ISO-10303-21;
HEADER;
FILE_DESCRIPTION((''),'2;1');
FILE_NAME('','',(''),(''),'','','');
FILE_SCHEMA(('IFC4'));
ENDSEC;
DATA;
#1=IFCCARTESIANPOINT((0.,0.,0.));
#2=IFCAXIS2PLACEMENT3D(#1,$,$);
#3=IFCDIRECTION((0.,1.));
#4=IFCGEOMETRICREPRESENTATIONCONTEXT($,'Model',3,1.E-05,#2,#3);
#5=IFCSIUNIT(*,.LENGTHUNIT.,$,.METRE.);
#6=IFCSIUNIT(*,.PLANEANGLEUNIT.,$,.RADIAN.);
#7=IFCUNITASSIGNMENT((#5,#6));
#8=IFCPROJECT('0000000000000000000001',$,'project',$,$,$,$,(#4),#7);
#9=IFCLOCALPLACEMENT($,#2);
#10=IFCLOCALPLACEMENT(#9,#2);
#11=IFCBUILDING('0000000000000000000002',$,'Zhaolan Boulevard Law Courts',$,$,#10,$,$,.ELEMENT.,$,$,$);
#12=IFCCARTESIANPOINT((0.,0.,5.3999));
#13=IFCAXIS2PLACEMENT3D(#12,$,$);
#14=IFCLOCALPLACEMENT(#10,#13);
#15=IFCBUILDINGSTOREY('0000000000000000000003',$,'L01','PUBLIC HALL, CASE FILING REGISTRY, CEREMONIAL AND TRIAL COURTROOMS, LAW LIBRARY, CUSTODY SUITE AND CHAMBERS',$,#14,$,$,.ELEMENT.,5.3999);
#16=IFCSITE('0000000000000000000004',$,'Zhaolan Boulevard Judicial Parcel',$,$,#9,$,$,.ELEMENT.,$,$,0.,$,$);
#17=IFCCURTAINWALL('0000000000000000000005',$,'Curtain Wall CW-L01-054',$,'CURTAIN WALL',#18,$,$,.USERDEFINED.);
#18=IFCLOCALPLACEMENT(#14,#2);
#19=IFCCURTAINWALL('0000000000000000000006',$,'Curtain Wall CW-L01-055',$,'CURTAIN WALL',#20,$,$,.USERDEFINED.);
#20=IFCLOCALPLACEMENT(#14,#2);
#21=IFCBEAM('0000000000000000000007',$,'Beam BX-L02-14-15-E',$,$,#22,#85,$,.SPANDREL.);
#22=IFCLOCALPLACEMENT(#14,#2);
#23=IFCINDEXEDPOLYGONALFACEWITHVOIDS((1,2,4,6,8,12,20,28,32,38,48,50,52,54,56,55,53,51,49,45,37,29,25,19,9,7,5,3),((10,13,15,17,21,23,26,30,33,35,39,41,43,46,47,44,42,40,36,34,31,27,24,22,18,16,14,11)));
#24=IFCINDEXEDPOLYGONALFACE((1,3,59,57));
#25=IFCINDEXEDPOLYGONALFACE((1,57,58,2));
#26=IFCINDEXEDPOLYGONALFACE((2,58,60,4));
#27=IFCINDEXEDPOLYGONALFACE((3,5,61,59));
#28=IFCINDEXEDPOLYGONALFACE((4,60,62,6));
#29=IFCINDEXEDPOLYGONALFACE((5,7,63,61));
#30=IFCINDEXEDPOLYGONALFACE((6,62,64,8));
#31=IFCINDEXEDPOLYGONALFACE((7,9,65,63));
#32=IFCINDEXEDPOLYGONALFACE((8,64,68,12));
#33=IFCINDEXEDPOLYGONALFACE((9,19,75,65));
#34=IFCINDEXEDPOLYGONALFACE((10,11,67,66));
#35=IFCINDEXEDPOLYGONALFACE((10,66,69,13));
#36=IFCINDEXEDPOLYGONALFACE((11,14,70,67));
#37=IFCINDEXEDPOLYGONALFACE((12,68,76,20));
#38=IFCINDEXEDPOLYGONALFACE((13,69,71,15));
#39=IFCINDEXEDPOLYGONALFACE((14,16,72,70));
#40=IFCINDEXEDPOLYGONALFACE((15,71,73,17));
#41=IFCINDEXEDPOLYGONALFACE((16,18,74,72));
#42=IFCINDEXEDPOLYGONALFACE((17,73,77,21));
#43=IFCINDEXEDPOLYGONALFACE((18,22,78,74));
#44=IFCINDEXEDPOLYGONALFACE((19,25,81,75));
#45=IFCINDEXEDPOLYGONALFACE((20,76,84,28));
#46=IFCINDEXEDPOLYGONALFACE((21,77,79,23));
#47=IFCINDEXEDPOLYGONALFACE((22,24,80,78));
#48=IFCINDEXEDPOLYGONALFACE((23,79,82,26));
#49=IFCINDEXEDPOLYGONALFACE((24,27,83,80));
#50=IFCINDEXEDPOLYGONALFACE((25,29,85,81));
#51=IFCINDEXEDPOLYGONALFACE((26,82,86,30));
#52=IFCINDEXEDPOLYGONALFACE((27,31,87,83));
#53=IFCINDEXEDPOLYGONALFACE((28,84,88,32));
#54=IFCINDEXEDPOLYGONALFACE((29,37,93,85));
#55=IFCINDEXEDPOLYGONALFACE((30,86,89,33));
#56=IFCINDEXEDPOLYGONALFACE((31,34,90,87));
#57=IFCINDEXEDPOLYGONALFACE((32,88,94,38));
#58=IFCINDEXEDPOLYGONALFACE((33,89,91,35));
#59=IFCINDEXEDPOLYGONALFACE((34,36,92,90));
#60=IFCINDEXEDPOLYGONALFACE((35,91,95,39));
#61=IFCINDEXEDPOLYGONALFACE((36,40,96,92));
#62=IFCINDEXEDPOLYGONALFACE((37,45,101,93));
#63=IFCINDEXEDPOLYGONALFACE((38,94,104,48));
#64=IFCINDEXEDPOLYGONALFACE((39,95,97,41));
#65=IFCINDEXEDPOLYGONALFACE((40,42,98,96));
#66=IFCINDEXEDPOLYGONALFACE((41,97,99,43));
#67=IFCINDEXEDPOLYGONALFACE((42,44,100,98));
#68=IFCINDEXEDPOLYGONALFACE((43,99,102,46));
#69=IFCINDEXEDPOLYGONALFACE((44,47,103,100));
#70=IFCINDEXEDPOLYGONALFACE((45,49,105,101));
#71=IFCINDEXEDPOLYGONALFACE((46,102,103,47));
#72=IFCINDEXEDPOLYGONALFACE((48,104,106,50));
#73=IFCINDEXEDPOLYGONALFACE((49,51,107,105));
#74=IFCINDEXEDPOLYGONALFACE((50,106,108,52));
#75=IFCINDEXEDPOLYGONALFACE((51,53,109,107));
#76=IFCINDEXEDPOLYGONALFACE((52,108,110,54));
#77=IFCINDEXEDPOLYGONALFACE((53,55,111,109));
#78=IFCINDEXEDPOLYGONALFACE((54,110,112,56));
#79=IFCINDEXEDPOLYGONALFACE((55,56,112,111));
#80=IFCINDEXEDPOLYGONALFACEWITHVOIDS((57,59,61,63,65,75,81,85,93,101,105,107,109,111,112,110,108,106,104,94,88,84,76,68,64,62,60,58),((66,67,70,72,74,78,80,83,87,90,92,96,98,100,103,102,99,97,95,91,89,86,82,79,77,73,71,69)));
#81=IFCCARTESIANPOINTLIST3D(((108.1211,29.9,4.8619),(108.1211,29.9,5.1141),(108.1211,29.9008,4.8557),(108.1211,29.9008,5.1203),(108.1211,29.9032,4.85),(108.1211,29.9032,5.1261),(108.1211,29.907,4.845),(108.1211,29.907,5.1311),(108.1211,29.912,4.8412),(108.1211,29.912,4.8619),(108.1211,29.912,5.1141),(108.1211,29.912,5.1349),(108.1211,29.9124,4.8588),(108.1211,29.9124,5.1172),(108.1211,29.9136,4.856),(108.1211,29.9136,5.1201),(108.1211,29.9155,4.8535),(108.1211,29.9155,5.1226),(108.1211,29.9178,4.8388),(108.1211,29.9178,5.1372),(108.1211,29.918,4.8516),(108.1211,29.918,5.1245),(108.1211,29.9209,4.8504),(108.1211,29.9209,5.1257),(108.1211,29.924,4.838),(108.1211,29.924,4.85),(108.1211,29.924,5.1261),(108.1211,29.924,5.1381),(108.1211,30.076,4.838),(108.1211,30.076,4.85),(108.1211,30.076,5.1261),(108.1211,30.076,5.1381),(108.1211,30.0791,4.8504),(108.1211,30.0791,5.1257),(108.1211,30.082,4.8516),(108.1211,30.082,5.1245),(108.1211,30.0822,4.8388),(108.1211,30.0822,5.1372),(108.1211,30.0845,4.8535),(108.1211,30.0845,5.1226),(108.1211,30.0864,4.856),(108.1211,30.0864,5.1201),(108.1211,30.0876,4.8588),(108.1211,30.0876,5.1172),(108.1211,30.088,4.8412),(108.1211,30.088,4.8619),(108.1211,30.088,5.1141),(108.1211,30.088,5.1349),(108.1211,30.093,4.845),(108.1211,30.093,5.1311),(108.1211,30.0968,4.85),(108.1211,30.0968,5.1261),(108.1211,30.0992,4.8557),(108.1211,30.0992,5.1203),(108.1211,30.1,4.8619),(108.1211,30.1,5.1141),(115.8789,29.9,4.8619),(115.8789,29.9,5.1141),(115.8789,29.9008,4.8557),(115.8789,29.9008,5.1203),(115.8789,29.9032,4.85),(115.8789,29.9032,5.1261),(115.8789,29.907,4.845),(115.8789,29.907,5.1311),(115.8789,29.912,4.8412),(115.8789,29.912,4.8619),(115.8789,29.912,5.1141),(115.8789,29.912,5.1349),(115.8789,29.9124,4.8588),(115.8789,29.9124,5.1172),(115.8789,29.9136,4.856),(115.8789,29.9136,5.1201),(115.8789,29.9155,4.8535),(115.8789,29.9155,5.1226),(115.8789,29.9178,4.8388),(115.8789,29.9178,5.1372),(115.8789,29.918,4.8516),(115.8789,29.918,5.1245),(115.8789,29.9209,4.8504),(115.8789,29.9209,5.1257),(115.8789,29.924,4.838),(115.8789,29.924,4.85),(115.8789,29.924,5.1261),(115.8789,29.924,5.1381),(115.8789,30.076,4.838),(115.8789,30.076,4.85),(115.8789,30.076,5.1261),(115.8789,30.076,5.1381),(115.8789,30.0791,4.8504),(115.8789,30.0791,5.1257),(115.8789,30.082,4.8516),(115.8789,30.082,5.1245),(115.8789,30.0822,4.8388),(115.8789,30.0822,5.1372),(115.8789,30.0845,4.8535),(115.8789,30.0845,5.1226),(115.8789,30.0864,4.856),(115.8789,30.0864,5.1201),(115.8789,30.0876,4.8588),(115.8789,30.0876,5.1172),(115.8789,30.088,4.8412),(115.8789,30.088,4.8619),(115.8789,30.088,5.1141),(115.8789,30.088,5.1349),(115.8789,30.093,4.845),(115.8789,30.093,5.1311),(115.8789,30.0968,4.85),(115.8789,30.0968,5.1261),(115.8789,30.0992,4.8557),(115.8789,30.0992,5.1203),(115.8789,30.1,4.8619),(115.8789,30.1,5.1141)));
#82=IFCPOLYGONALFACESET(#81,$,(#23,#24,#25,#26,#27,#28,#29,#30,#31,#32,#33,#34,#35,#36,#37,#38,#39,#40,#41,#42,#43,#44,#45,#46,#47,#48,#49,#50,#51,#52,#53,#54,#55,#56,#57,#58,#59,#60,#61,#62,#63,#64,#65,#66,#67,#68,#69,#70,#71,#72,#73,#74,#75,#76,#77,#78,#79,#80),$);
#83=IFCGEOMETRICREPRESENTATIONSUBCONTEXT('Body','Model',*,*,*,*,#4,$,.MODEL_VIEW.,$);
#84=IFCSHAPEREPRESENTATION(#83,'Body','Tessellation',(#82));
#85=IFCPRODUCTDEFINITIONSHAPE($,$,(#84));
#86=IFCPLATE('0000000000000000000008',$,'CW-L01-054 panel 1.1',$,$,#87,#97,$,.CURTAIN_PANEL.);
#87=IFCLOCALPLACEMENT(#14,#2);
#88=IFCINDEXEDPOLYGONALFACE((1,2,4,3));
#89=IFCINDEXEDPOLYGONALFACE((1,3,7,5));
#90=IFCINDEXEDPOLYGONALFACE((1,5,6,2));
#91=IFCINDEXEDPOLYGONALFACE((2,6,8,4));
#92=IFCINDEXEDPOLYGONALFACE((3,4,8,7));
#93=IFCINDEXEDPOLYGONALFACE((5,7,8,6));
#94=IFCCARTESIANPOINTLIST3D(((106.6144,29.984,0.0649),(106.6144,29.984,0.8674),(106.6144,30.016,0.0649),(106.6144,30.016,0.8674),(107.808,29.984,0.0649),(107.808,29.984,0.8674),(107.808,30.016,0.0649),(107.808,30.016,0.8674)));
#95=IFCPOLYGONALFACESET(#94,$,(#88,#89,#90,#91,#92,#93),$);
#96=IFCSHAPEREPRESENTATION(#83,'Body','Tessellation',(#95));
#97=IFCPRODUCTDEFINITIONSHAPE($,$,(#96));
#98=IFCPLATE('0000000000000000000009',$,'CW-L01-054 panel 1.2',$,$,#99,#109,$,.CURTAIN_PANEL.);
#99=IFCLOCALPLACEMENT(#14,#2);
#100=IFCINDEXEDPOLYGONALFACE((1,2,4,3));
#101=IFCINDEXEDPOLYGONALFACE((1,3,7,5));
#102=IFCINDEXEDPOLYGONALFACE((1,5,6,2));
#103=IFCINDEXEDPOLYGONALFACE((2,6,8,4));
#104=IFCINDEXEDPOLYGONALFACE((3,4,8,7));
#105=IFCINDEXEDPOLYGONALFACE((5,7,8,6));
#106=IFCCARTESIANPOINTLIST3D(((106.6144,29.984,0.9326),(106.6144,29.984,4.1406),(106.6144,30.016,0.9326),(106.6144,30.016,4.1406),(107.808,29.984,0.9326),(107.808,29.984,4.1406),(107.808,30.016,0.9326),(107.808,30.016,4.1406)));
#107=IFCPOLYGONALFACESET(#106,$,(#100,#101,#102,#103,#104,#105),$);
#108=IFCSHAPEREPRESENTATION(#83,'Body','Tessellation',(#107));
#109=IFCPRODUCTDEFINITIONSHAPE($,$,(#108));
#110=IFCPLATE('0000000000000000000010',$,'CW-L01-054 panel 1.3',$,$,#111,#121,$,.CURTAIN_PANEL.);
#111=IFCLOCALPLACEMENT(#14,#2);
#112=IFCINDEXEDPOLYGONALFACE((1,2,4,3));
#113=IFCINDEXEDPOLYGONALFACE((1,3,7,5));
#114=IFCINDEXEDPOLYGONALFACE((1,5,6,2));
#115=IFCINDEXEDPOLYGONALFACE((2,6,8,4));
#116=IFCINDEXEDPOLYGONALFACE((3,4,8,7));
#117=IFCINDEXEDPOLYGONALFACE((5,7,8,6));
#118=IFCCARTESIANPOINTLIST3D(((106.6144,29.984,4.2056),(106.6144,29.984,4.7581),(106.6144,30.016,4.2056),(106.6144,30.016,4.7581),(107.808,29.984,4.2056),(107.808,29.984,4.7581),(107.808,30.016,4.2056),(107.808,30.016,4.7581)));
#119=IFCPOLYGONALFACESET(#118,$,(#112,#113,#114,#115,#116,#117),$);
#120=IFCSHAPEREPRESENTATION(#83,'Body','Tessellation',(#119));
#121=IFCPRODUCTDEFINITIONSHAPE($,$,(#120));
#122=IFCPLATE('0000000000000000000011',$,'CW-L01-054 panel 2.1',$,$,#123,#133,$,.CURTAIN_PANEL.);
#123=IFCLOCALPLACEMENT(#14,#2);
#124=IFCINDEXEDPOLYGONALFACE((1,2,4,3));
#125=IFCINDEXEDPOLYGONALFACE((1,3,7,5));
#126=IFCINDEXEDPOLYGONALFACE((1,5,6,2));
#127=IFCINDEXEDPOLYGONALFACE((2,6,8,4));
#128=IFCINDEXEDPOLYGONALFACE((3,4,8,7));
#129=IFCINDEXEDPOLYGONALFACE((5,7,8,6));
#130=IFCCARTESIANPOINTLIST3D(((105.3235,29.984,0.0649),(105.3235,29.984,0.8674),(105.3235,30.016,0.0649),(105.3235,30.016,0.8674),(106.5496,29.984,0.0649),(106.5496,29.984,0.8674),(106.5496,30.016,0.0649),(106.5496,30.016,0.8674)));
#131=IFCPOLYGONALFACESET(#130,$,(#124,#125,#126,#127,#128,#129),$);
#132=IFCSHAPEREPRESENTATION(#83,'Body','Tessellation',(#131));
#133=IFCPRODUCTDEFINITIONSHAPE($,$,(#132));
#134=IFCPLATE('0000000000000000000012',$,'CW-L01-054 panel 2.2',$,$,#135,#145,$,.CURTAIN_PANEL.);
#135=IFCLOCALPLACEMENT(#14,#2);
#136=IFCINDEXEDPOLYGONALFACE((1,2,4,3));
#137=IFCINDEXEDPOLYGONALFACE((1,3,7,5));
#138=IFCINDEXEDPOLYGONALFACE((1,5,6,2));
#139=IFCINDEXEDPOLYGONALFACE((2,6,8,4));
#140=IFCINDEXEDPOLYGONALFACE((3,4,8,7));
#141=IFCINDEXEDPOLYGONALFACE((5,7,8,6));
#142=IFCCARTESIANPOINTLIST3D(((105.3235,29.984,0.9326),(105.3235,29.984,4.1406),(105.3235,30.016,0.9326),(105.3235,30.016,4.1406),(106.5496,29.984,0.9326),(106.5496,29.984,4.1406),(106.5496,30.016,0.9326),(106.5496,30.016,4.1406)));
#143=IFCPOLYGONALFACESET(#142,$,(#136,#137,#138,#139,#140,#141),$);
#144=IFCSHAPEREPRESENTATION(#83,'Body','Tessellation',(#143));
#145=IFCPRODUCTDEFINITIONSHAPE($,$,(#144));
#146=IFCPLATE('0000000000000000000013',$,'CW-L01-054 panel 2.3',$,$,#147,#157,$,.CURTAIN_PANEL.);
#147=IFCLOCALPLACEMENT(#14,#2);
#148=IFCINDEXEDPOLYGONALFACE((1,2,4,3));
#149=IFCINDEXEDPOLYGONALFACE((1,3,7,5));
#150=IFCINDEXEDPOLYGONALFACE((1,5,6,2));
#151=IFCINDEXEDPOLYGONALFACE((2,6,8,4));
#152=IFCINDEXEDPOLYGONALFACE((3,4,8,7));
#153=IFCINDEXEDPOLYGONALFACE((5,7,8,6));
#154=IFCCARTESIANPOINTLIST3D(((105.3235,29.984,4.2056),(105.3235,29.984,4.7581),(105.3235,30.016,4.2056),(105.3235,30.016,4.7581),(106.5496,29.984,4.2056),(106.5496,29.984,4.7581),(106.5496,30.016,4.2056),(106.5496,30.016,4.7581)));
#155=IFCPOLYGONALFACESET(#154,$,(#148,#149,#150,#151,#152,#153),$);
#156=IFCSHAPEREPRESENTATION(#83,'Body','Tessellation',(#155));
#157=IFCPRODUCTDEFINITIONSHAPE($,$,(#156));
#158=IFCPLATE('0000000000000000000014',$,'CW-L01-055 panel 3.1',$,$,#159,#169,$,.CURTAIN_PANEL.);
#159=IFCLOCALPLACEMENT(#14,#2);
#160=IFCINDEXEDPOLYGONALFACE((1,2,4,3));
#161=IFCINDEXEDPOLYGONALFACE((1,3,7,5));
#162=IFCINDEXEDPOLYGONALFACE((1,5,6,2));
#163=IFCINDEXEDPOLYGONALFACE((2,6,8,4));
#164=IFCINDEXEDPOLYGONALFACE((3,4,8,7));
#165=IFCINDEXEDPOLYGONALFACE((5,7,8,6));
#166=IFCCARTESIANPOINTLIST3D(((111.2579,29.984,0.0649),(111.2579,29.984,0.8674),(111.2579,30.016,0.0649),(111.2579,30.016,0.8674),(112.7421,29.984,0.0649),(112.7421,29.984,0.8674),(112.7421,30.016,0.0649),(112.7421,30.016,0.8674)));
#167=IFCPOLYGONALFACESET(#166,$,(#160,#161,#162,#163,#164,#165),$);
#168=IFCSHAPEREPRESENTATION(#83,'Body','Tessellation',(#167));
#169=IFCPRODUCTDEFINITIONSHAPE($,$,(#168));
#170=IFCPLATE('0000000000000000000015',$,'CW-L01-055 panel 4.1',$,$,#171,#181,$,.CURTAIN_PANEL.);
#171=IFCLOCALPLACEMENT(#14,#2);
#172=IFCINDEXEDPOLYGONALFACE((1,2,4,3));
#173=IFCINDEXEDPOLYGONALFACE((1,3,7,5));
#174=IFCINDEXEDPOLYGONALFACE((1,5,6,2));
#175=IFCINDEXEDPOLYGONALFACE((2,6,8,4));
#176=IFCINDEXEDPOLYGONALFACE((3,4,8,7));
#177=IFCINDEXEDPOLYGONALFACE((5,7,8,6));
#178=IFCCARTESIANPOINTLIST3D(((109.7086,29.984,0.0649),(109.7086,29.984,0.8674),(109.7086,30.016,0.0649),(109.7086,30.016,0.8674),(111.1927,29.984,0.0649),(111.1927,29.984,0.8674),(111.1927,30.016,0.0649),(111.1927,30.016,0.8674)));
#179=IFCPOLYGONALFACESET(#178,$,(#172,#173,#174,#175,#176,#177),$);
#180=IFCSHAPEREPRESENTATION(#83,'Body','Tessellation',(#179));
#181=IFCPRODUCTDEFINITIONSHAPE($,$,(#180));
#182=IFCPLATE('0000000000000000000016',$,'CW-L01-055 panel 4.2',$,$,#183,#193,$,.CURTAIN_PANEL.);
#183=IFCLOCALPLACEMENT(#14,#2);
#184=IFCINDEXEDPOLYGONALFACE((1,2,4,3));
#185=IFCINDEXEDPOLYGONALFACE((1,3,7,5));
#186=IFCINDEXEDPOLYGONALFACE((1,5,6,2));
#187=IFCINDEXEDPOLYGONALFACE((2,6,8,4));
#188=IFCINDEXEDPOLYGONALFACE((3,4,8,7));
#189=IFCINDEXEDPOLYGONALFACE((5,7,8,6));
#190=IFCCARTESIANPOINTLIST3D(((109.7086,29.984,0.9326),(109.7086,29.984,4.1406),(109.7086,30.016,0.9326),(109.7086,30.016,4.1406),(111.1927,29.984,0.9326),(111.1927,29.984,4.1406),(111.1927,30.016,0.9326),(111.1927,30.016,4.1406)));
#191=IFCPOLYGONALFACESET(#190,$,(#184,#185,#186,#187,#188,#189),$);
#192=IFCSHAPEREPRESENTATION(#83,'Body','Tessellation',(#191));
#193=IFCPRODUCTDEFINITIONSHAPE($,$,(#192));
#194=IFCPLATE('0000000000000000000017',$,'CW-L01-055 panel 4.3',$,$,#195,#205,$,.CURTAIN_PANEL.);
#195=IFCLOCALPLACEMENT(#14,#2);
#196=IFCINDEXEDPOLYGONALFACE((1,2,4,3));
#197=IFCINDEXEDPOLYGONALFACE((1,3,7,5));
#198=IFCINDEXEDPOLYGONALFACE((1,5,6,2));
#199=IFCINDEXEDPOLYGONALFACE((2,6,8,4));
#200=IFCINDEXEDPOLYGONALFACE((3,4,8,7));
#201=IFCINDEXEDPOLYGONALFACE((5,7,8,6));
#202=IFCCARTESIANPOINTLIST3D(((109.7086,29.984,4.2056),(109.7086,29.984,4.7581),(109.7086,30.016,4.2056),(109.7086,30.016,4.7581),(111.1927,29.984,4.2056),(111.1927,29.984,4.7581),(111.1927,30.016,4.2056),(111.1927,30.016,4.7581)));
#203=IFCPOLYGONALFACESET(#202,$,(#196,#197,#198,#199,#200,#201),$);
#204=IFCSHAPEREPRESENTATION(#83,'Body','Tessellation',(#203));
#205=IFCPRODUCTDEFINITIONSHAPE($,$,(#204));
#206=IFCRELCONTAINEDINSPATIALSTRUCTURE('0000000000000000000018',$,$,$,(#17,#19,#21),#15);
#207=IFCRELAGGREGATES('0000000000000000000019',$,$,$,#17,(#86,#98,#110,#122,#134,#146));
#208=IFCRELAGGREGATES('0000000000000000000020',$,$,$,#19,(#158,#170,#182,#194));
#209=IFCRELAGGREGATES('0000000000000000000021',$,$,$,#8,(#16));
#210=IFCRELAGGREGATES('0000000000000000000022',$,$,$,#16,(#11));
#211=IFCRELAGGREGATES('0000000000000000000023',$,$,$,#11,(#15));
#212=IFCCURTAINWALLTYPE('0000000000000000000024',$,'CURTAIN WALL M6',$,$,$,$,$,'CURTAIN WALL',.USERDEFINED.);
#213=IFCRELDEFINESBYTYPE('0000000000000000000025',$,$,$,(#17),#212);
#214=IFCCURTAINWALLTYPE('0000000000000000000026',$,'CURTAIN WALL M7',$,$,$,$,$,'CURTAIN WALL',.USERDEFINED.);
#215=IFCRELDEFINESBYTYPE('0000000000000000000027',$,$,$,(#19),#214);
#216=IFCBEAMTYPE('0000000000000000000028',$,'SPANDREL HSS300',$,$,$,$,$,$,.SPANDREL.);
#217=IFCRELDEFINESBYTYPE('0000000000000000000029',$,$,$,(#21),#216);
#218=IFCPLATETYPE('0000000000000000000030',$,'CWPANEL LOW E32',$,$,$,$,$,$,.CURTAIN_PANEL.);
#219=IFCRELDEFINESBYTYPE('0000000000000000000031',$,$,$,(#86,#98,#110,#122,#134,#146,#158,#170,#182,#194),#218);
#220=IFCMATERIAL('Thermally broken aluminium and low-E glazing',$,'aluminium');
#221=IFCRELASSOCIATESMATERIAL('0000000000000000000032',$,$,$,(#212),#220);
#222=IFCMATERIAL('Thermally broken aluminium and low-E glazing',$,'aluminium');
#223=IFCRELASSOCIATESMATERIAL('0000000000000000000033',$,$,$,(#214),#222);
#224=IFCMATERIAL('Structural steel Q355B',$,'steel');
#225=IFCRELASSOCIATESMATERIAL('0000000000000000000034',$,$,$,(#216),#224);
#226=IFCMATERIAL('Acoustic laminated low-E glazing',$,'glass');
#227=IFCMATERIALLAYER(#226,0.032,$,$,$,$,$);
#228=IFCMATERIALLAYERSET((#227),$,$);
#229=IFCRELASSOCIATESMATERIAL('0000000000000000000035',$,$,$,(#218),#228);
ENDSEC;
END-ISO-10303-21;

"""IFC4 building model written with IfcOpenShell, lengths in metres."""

from ifc_helpers import new_model, si_unit, direction, frame, origin, origin_2d, place, context, subcontext, project, spatial, rectangle, hollow_rectangle, extrude, material, layer, layer_set, material_profile, profile_set, type_object, element, aggregate, save


model = new_model("IFC4")

# Units and contexts
model_context = context("Model", 3, precision=1e-05, world=origin(), true_north=direction((0.0, 1.0)))
body_context = subcontext(model_context, "Body", "Model", "MODEL_VIEW")
ifc_project = project(units=[si_unit("LENGTHUNIT", "METRE"), si_unit("PLANEANGLEUNIT", "RADIAN")], contexts=[model_context])

# Site, building, storey
site_placement = place(None, origin())
site = spatial("IfcSite", under=ifc_project, at=site_placement, Name="Zhaolan Boulevard Judicial Parcel", CompositionType="ELEMENT", RefElevation=0.0)
building_placement = place(site_placement, origin())
building = spatial("IfcBuilding", under=site, at=building_placement, Name="Zhaolan Boulevard Law Courts", CompositionType="ELEMENT")
storey_placement = place(building_placement, frame((0.0, 0.0, 5.3999)))
storey = spatial("IfcBuildingStorey", under=building, at=storey_placement, Name="L01", Description="PUBLIC HALL, CASE FILING REGISTRY, CEREMONIAL AND TRIAL COURTROOMS, LAW LIBRARY, CUSTODY SUITE AND CHAMBERS", CompositionType="ELEMENT", Elevation=5.3999)

# Curtain walls
ifc_material_1 = material(Name="Thermally broken aluminium and low-E glazing", Category="aluminium")
curtain_wall_type_1 = type_object("IfcCurtainWallType", Name="CURTAIN WALL M6", ElementType="CURTAIN WALL", PredefinedType="USERDEFINED", material=ifc_material_1)
curtain_wall_1_placement = place(storey_placement, origin())
curtain_wall_1 = element("IfcCurtainWall", 1, at=curtain_wall_1_placement, inside=storey, type_object=curtain_wall_type_1, Name="Curtain Wall CW-L01-054", ObjectType="CURTAIN WALL", PredefinedType="USERDEFINED")
ifc_material_2 = material(Name="Thermally broken aluminium and low-E glazing", Category="aluminium")
curtain_wall_type_2 = type_object("IfcCurtainWallType", Name="CURTAIN WALL M7", ElementType="CURTAIN WALL", PredefinedType="USERDEFINED", material=ifc_material_2)
curtain_wall_2_placement = place(storey_placement, origin())
curtain_wall_2 = element("IfcCurtainWall", 2, at=curtain_wall_2_placement, inside=storey, type_object=curtain_wall_type_2, Name="Curtain Wall CW-L01-055", ObjectType="CURTAIN WALL", PredefinedType="USERDEFINED")

# Beam
ifc_material_3 = material(Name="Structural steel Q355B", Category="steel")
ifc_material_profile_1 = material_profile(ifc_material_3, hollow_rectangle(XDim=0.2, YDim=0.3, WallThickness=0.012, InnerFilletRadius=0.012, OuterFilletRadius=0.0239, at=origin_2d()), Name="HSS300x200x12")
ifc_profile_set_1 = profile_set([ifc_material_profile_1], Name="Structural steel Q355B")
beam_type = type_object("IfcBeamType", Name="SPANDREL HSS300", PredefinedType="SPANDREL", material=ifc_profile_set_1)
beam_placement = place(storey_placement, frame((108.1211, 30.0, 4.988), z_axis=(1.0, 0.0, 0.0), x_axis=(0.0, 1.0, 0.0)))
element("IfcBeam", 3, at=beam_placement, inside=storey, type_object=beam_type, Name="Beam BX-L02-14-15-E", PredefinedType="SPANDREL", context=body_context, shape_type="SweptSolid", body=[
    extrude(hollow_rectangle(XDim=0.2, YDim=0.3, WallThickness=0.012, InnerFilletRadius=0.012, OuterFilletRadius=0.0239, at=origin_2d()), origin(), (0.0, 0.0, 1.0), 7.7578),
])

# Plates
ifc_material_4 = material(Name="Acoustic laminated low-E glazing", Category="glass")
ifc_layer_1 = layer(ifc_material_4, 0.032)
ifc_layer_set_1 = layer_set([ifc_layer_1])
plate_type_1 = type_object("IfcPlateType", Name="CWPANEL LOW E32", PredefinedType="CURTAIN_PANEL", material=ifc_layer_set_1)
plate_1_placement = place(storey_placement, frame((107.2112, 30.0, 0.0649), z_axis=(0.0, 0.0, 1.0), x_axis=(-1.0, 0.0, 0.0)))
plate_1 = element("IfcPlate", 4, at=plate_1_placement, type_object=plate_type_1, Name="CW-L01-054 panel 1.1", PredefinedType="CURTAIN_PANEL", context=body_context, shape_type="SweptSolid", body=[
    extrude(rectangle(XDim=1.1936, YDim=0.032, at=origin_2d()), origin(), (0.0, 0.0, 1.0), 0.8025),
])
plate_2_placement = place(storey_placement, frame((107.2112, 30.0, 0.9326), z_axis=(0.0, 0.0, 1.0), x_axis=(-1.0, 0.0, 0.0)))
plate_2 = element("IfcPlate", 5, at=plate_2_placement, type_object=plate_type_1, Name="CW-L01-054 panel 1.2", PredefinedType="CURTAIN_PANEL", context=body_context, shape_type="SweptSolid", body=[
    extrude(rectangle(XDim=1.1936, YDim=0.032, at=origin_2d()), origin(), (0.0, 0.0, 1.0), 3.208),
])
plate_3_placement = place(storey_placement, frame((107.2112, 30.0, 4.2056), z_axis=(0.0, 0.0, 1.0), x_axis=(-1.0, 0.0, 0.0)))
plate_3 = element("IfcPlate", 6, at=plate_3_placement, type_object=plate_type_1, Name="CW-L01-054 panel 1.3", PredefinedType="CURTAIN_PANEL", context=body_context, shape_type="SweptSolid", body=[
    extrude(rectangle(XDim=1.1936, YDim=0.032, at=origin_2d()), origin(), (0.0, 0.0, 1.0), 0.5525),
])
plate_4_placement = place(storey_placement, frame((105.9365, 30.0, 0.0649), z_axis=(0.0, 0.0, 1.0), x_axis=(-1.0, 0.0, 0.0)))
plate_4 = element("IfcPlate", 7, at=plate_4_placement, type_object=plate_type_1, Name="CW-L01-054 panel 2.1", PredefinedType="CURTAIN_PANEL", context=body_context, shape_type="SweptSolid", body=[
    extrude(rectangle(XDim=1.2261, YDim=0.032, at=origin_2d()), origin(), (0.0, 0.0, 1.0), 0.8025),
])
plate_5_placement = place(storey_placement, frame((105.9365, 30.0, 0.9326), z_axis=(0.0, 0.0, 1.0), x_axis=(-1.0, 0.0, 0.0)))
plate_5 = element("IfcPlate", 8, at=plate_5_placement, type_object=plate_type_1, Name="CW-L01-054 panel 2.2", PredefinedType="CURTAIN_PANEL", context=body_context, shape_type="SweptSolid", body=[
    extrude(rectangle(XDim=1.2261, YDim=0.032, at=origin_2d()), origin(), (0.0, 0.0, 1.0), 3.208),
])
plate_6_placement = place(storey_placement, frame((105.9365, 30.0, 4.2056), z_axis=(0.0, 0.0, 1.0), x_axis=(-1.0, 0.0, 0.0)))
plate_6 = element("IfcPlate", 9, at=plate_6_placement, type_object=plate_type_1, Name="CW-L01-054 panel 2.3", PredefinedType="CURTAIN_PANEL", context=body_context, shape_type="SweptSolid", body=[
    extrude(rectangle(XDim=1.2261, YDim=0.032, at=origin_2d()), origin(), (0.0, 0.0, 1.0), 0.5525),
])
aggregate(curtain_wall_1, [plate_1, plate_2, plate_3, plate_4, plate_5, plate_6])
plate_7_placement = place(storey_placement, frame((112.0, 30.0, 0.0649), z_axis=(0.0, 0.0, 1.0), x_axis=(-1.0, 0.0, 0.0)))
plate_7 = element("IfcPlate", 10, at=plate_7_placement, type_object=plate_type_1, Name="CW-L01-055 panel 3.1", PredefinedType="CURTAIN_PANEL", context=body_context, shape_type="SweptSolid", body=[
    extrude(rectangle(XDim=1.4841, YDim=0.032, at=origin_2d()), origin(), (0.0, 0.0, 1.0), 0.8025),
])
plate_8_placement = place(storey_placement, frame((110.4507, 30.0, 0.0649), z_axis=(0.0, 0.0, 1.0), x_axis=(-1.0, 0.0, 0.0)))
plate_8 = element("IfcPlate", 11, at=plate_8_placement, type_object=plate_type_1, Name="CW-L01-055 panel 4.1", PredefinedType="CURTAIN_PANEL", context=body_context, shape_type="SweptSolid", body=[
    extrude(rectangle(XDim=1.4841, YDim=0.032, at=origin_2d()), origin(), (0.0, 0.0, 1.0), 0.8025),
])
plate_9_placement = place(storey_placement, frame((110.4507, 30.0, 0.9326), z_axis=(0.0, 0.0, 1.0), x_axis=(-1.0, 0.0, 0.0)))
plate_9 = element("IfcPlate", 12, at=plate_9_placement, type_object=plate_type_1, Name="CW-L01-055 panel 4.2", PredefinedType="CURTAIN_PANEL", context=body_context, shape_type="SweptSolid", body=[
    extrude(rectangle(XDim=1.4841, YDim=0.032, at=origin_2d()), origin(), (0.0, 0.0, 1.0), 3.208),
])
plate_10_placement = place(storey_placement, frame((110.4507, 30.0, 4.2056), z_axis=(0.0, 0.0, 1.0), x_axis=(-1.0, 0.0, 0.0)))
plate_10 = element("IfcPlate", 13, at=plate_10_placement, type_object=plate_type_1, Name="CW-L01-055 panel 4.3", PredefinedType="CURTAIN_PANEL", context=body_context, shape_type="SweptSolid", body=[
    extrude(rectangle(XDim=1.4841, YDim=0.032, at=origin_2d()), origin(), (0.0, 0.0, 1.0), 0.5525),
])
aggregate(curtain_wall_2, [plate_7, plate_8, plate_9, plate_10])

save(model, "model.ifc")
